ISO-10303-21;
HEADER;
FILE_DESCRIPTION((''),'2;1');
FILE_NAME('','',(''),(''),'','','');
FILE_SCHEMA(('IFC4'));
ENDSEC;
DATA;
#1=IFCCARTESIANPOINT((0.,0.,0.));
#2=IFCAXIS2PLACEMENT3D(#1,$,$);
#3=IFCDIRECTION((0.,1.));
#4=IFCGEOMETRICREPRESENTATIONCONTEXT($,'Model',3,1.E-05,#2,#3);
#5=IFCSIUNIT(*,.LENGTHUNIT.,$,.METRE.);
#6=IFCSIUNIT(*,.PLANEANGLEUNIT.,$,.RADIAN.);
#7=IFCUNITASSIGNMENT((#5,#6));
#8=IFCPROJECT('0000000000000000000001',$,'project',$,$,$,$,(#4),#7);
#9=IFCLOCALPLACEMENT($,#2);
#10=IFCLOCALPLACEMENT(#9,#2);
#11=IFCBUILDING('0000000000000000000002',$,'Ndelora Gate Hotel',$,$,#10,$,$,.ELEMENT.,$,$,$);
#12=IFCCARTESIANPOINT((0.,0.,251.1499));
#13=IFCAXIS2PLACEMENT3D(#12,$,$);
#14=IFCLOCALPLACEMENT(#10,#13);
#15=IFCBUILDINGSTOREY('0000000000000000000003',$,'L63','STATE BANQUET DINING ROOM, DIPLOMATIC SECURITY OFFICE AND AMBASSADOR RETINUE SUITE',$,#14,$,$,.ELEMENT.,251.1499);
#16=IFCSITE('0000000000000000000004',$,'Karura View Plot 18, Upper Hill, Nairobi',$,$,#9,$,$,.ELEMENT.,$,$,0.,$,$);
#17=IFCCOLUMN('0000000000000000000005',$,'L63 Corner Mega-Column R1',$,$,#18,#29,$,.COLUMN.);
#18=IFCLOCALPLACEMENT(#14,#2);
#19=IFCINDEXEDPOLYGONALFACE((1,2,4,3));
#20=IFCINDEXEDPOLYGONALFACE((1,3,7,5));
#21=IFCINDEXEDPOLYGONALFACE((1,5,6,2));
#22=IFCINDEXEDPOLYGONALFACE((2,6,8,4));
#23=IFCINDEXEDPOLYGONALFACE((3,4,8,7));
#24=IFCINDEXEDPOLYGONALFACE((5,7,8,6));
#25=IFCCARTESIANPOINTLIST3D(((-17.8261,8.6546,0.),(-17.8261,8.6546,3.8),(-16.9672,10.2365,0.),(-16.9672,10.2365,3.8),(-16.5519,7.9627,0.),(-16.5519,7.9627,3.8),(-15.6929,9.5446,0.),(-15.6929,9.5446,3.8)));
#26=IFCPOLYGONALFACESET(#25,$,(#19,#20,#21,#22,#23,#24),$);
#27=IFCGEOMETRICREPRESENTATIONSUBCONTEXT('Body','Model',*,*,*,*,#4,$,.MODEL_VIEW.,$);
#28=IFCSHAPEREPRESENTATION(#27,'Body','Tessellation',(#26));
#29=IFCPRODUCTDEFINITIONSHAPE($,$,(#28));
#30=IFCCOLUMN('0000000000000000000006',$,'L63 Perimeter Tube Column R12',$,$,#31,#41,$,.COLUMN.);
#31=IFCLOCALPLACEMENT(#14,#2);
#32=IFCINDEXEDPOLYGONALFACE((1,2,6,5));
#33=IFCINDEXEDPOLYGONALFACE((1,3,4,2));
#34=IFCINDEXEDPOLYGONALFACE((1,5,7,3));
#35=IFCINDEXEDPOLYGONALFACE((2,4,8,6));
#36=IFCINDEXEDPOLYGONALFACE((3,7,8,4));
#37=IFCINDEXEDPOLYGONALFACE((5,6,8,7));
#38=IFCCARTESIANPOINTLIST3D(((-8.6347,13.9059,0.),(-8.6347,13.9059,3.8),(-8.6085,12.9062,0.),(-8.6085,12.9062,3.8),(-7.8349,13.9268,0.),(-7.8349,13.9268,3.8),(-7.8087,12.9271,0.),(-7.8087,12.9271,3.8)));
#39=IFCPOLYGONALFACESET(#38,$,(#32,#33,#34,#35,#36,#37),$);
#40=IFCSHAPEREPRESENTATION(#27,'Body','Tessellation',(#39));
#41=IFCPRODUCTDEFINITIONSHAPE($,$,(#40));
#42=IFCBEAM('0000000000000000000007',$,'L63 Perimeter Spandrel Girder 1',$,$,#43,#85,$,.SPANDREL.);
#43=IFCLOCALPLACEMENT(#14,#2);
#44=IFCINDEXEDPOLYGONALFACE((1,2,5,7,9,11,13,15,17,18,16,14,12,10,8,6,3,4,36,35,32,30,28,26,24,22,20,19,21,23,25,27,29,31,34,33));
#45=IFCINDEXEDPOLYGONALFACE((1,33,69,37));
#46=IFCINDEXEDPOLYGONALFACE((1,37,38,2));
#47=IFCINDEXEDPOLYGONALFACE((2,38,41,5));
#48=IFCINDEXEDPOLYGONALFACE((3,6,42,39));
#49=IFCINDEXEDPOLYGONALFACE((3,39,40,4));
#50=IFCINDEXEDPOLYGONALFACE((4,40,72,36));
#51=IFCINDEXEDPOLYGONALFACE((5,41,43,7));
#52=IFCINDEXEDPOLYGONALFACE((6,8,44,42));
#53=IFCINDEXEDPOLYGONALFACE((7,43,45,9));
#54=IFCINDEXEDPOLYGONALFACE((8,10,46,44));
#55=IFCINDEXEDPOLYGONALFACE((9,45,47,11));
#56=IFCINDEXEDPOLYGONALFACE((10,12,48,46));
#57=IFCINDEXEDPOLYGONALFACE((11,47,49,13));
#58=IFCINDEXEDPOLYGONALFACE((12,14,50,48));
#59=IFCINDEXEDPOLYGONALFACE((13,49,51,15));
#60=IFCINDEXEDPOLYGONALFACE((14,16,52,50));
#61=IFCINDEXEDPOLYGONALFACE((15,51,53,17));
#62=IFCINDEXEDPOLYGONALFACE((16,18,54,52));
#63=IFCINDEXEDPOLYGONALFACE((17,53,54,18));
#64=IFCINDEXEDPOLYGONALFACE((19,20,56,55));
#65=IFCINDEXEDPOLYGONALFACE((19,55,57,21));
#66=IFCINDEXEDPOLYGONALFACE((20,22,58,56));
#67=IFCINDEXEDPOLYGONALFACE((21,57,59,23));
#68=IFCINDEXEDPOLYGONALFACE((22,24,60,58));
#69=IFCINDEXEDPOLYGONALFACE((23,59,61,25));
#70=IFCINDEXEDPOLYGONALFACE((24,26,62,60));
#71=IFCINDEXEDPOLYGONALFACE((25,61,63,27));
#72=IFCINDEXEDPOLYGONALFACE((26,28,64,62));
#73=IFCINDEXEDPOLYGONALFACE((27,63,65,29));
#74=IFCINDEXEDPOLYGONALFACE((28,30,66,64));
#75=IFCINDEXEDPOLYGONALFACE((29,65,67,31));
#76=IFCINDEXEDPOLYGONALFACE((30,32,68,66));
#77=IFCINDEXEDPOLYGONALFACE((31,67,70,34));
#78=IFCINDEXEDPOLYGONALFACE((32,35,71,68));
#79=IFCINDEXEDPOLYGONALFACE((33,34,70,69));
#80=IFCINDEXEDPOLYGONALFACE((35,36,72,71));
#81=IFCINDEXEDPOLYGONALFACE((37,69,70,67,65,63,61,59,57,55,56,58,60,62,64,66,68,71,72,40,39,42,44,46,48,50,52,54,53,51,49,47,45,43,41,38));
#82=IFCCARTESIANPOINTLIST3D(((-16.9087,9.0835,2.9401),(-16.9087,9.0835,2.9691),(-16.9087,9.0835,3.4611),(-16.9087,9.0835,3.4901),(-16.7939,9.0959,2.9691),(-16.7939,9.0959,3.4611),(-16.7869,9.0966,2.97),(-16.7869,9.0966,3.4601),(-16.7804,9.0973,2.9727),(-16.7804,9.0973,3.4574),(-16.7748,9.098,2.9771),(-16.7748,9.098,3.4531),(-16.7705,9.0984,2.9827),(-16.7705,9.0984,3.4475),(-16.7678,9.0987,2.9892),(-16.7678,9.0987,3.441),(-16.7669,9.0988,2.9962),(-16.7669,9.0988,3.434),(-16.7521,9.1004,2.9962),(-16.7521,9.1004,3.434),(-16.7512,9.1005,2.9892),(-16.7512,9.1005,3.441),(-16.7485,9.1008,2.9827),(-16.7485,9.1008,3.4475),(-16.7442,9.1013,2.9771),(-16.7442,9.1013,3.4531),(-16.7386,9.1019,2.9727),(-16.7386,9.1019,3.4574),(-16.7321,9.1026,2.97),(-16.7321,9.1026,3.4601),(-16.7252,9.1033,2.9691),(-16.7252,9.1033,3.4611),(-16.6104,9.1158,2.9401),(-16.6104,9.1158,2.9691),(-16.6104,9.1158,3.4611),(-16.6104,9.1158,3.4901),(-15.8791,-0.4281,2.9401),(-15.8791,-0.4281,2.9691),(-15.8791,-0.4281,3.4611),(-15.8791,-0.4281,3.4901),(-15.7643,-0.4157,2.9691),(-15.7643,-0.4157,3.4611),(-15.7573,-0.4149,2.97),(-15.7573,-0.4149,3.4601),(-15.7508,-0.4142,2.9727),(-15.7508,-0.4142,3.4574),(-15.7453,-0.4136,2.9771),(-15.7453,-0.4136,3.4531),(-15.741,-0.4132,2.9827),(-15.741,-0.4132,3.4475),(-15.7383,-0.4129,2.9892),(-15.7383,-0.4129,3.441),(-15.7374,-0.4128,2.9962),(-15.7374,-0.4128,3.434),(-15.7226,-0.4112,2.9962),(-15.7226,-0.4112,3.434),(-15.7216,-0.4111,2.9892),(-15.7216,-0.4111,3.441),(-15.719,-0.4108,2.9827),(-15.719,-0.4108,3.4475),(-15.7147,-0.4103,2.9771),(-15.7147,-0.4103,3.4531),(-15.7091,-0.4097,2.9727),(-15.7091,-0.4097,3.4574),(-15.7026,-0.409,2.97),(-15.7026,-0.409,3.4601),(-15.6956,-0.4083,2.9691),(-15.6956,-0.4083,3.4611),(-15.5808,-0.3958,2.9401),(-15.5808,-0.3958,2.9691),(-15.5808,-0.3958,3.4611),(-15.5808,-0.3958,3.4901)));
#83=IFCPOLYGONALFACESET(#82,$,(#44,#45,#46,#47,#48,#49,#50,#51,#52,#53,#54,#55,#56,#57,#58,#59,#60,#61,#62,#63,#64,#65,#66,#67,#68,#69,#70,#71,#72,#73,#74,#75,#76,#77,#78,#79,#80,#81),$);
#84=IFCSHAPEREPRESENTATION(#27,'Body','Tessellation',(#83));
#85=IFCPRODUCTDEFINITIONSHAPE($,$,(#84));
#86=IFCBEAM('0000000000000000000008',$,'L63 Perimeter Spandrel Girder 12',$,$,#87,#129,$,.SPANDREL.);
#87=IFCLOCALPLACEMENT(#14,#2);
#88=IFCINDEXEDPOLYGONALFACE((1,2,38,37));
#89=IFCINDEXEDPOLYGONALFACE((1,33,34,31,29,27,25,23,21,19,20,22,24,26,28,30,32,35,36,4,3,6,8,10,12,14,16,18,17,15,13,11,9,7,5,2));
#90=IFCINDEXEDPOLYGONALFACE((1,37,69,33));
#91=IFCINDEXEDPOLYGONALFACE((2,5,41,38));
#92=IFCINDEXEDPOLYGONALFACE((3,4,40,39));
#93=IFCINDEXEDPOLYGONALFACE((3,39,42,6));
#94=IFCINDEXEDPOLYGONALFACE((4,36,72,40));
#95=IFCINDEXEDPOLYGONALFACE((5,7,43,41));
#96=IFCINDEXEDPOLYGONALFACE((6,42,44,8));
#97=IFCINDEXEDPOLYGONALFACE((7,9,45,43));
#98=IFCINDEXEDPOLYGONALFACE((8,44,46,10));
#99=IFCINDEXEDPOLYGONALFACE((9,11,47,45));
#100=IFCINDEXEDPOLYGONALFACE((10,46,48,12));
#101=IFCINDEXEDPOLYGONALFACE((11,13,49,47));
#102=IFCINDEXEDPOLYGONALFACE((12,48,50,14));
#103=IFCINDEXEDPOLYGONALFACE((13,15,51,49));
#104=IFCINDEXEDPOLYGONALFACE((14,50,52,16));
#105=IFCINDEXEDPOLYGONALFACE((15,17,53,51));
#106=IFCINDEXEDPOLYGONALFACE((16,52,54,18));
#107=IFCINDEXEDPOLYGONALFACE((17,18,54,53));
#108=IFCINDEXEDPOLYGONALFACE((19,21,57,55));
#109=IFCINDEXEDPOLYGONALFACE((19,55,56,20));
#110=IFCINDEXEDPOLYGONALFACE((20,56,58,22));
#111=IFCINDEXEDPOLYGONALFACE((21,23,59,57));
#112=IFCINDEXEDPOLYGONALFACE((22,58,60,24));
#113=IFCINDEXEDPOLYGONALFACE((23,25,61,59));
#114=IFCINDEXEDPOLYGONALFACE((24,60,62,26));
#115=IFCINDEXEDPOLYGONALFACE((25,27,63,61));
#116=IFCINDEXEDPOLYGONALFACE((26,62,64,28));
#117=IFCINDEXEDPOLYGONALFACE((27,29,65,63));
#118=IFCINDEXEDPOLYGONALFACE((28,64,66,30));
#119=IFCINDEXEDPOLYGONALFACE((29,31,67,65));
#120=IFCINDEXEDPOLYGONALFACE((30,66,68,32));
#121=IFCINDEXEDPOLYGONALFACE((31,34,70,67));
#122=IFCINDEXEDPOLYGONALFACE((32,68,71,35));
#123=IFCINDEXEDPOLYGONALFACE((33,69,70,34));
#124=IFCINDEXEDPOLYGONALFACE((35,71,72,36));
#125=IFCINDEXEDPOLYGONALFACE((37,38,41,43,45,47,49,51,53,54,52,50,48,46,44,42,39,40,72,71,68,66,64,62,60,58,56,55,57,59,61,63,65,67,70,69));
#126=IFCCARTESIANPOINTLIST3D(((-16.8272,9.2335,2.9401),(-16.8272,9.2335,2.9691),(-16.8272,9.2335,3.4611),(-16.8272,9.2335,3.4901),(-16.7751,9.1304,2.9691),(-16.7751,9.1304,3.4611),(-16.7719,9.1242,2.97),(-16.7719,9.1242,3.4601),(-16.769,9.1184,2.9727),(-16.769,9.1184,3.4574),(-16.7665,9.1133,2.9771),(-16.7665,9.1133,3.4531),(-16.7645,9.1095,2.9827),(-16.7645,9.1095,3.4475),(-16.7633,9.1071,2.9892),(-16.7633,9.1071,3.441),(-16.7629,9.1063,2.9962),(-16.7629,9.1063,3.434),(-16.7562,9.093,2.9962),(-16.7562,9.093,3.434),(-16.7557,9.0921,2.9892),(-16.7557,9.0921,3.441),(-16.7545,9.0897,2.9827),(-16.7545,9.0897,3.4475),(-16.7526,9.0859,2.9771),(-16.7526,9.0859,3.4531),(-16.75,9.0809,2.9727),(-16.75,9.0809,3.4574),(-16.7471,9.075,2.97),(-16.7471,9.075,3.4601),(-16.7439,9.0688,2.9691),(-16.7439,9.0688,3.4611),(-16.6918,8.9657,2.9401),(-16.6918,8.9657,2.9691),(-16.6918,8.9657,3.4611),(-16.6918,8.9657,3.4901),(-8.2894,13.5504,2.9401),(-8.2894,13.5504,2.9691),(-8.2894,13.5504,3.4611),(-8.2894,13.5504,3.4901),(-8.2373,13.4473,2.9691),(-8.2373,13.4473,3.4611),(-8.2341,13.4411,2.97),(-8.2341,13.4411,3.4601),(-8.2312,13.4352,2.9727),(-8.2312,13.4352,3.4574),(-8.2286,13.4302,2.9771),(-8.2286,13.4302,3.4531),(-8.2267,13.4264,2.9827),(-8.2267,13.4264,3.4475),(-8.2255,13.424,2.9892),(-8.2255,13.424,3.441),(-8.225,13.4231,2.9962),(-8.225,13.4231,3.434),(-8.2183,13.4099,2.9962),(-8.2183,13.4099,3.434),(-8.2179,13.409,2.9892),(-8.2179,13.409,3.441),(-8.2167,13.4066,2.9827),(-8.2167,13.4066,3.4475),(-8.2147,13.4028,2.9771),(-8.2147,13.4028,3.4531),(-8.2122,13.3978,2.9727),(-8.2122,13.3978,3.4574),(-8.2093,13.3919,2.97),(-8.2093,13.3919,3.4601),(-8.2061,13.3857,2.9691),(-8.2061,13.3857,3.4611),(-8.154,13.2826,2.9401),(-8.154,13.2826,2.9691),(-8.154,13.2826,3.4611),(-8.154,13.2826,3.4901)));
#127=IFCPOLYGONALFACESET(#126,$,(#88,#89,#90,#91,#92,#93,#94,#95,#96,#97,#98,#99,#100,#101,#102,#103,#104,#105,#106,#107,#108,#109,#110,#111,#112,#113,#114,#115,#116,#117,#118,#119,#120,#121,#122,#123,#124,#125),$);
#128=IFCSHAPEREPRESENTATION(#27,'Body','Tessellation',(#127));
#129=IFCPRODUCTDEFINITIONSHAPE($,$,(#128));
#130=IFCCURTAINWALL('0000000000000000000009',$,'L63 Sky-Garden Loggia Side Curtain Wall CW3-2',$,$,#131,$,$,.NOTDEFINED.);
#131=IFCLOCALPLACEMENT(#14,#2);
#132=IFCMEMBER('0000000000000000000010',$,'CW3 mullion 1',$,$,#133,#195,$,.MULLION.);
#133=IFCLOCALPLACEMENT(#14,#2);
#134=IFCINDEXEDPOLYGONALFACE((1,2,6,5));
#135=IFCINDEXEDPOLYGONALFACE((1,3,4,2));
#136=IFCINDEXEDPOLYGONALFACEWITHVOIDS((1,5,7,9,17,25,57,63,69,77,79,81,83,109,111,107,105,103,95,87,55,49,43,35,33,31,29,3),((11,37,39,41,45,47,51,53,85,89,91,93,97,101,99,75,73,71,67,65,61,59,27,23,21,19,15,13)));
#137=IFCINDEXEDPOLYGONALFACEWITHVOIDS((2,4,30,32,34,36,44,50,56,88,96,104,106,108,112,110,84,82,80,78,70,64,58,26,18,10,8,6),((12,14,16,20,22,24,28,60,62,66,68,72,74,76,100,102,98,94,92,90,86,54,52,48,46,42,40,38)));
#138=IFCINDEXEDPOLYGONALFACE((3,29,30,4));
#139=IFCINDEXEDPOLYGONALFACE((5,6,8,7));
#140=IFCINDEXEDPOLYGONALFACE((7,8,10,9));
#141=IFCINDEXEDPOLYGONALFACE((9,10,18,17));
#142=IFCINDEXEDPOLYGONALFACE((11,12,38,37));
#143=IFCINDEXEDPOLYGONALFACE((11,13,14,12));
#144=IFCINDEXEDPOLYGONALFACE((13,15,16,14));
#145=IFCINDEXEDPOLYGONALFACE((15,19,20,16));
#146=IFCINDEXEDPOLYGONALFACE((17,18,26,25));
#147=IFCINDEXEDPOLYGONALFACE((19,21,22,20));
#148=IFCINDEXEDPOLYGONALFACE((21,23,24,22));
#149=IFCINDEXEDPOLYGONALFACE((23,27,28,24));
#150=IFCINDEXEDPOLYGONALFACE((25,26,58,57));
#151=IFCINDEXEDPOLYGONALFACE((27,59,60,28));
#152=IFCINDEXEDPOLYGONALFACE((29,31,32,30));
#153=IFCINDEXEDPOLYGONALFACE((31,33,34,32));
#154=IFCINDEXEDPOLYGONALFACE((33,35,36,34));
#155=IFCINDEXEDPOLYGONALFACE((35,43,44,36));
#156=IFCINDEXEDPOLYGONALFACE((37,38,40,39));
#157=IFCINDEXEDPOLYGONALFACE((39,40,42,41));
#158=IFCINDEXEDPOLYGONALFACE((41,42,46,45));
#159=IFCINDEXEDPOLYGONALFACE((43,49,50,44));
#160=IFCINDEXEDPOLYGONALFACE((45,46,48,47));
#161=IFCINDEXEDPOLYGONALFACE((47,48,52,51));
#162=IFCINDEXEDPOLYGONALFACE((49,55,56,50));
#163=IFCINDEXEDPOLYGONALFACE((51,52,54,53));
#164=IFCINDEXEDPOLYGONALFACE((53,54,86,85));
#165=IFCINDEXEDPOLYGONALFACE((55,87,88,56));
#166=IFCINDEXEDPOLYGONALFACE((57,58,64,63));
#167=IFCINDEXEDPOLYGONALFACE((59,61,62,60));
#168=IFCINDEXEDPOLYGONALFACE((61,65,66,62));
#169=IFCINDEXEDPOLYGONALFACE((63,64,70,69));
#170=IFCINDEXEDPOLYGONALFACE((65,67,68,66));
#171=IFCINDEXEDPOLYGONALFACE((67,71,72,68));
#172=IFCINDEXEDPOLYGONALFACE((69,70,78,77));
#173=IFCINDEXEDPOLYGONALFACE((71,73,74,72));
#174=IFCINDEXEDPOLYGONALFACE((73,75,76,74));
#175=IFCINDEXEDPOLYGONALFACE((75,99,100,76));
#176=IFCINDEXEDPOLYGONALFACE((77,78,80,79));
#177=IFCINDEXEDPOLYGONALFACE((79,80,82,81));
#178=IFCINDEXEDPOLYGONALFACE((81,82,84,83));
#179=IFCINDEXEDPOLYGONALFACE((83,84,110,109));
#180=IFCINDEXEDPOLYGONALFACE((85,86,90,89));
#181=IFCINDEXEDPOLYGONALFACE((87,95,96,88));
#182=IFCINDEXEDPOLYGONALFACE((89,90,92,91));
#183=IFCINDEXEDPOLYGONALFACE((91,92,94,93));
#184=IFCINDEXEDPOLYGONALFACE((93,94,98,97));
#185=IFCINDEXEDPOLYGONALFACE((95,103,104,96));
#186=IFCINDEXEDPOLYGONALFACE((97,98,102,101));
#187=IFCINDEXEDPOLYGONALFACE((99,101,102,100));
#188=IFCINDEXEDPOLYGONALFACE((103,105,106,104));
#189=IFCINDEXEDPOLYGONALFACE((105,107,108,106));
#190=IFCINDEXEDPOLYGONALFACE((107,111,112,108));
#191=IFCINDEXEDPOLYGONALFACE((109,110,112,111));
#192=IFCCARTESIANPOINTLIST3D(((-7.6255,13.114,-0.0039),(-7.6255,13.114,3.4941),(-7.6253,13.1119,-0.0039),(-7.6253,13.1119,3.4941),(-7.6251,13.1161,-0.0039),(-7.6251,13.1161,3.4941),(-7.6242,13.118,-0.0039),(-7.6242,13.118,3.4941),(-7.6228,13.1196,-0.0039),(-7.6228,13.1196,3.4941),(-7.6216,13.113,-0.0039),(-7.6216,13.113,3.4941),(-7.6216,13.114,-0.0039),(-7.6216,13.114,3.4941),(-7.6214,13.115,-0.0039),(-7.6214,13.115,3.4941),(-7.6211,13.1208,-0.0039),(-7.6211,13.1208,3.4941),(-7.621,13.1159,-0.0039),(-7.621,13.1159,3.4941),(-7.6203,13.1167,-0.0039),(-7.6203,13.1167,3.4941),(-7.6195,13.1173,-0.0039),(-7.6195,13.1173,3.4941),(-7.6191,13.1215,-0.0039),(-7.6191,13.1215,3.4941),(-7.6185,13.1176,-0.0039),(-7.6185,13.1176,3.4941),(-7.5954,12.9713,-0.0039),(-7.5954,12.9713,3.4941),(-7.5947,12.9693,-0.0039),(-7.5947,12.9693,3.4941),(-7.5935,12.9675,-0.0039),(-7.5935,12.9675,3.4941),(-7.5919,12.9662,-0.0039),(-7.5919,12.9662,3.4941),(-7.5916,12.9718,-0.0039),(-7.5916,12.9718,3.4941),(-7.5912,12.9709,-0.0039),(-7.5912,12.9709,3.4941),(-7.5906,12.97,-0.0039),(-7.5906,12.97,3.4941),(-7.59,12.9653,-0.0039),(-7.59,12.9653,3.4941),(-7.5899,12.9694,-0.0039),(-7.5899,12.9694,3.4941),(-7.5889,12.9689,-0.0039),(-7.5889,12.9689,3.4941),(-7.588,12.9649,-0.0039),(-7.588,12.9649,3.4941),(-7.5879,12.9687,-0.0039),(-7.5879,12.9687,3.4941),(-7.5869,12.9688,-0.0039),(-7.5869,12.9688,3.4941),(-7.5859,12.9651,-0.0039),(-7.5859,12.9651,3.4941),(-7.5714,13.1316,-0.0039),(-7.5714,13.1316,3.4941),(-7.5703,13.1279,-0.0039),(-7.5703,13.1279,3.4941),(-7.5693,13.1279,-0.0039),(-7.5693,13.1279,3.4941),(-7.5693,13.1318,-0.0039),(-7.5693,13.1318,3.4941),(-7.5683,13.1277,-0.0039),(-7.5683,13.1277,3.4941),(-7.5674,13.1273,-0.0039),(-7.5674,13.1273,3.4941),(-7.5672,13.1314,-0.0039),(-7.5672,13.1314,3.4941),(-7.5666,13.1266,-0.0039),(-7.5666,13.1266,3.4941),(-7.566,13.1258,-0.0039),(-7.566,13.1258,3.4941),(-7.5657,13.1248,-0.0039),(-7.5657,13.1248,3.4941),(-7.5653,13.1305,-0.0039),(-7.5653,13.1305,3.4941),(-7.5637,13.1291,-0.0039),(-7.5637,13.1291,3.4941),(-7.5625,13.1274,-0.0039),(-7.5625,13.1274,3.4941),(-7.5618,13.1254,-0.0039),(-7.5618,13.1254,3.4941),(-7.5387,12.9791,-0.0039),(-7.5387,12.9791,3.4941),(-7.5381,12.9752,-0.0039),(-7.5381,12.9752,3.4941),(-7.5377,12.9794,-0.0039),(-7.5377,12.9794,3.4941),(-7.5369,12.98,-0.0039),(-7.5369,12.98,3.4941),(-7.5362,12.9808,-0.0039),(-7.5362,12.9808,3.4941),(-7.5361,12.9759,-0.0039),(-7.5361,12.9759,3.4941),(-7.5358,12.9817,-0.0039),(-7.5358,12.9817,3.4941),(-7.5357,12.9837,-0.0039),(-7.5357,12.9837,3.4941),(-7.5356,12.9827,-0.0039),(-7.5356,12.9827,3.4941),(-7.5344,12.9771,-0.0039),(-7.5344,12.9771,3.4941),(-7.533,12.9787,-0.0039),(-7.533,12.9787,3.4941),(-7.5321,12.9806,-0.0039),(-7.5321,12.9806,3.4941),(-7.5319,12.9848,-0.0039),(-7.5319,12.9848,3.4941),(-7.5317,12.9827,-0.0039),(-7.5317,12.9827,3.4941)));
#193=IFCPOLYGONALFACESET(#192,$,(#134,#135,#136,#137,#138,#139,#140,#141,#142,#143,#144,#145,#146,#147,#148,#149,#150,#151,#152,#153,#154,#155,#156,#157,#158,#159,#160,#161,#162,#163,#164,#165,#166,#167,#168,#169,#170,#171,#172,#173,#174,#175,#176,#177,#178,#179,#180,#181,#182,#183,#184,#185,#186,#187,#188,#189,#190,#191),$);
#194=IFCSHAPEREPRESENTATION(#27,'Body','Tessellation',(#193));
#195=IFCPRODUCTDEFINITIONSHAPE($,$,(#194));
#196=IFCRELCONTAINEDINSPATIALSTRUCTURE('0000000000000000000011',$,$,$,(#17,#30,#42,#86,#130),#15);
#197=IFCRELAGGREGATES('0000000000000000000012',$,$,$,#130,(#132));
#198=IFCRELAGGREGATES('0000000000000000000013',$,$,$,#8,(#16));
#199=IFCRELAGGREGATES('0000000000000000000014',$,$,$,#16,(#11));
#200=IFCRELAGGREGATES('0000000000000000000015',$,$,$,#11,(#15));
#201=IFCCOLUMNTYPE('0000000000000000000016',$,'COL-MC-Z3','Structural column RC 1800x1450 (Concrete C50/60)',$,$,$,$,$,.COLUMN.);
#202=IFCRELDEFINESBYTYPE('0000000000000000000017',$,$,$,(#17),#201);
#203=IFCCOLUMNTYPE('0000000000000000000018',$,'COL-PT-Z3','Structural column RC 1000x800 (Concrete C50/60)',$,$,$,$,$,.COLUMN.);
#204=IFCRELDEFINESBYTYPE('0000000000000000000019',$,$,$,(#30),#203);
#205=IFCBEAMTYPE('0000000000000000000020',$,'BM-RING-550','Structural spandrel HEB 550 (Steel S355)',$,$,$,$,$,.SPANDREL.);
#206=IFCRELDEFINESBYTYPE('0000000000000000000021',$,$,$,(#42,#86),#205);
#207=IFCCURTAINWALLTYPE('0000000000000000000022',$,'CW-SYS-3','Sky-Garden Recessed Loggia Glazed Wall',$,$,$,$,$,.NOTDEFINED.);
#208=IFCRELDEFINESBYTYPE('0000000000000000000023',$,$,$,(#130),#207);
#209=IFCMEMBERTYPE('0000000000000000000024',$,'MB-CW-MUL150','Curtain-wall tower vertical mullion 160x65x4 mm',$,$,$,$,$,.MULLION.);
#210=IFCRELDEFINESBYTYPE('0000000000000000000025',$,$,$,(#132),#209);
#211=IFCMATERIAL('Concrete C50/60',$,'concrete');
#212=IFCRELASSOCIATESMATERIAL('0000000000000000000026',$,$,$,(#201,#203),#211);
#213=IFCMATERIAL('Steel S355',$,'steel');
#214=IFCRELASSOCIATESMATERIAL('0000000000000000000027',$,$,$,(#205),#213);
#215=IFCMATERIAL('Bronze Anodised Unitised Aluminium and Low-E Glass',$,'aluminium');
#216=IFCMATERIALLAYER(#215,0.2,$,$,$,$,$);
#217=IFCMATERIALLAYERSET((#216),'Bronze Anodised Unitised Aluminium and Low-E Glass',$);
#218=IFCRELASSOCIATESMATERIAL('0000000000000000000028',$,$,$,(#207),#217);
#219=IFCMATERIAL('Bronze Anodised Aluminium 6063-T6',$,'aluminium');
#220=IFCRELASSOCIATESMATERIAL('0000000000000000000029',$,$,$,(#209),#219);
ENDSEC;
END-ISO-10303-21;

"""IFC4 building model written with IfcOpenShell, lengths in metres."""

from ifc_helpers import new_model, si_unit, direction, frame, origin, origin_2d, place, context, subcontext, project, spatial, rectangle, hollow_rectangle, i_section, extrude, material, layer, layer_set, material_profile, profile_set, type_object, element, aggregate, save


model = new_model("IFC4")

# Units and contexts
model_context = context("Model", 3, precision=1e-05, world=origin(), true_north=direction((0.0, 1.0)))
body_context = subcontext(model_context, "Body", "Model", "MODEL_VIEW")
ifc_project = project(units=[si_unit("LENGTHUNIT", "METRE"), si_unit("PLANEANGLEUNIT", "RADIAN")], contexts=[model_context])

# Site, building, storey
site_placement = place(None, origin())
site = spatial("IfcSite", under=ifc_project, at=site_placement, Name="Karura View Plot 18, Upper Hill, Nairobi", CompositionType="ELEMENT", RefElevation=0.0)
building_placement = place(site_placement, origin())
building = spatial("IfcBuilding", under=site, at=building_placement, Name="Ndelora Gate Hotel", CompositionType="ELEMENT")
storey_placement = place(building_placement, frame((0.0, 0.0, 251.1499)))
storey = spatial("IfcBuildingStorey", under=building, at=storey_placement, Name="L63", Description="STATE BANQUET DINING ROOM, DIPLOMATIC SECURITY OFFICE AND AMBASSADOR RETINUE SUITE", CompositionType="ELEMENT", Elevation=251.1499)

# Columns
ifc_material_1 = material(Name="Concrete C50/60", Category="concrete")
ifc_material_profile_1 = material_profile(ifc_material_1, rectangle(XDim=1.45, YDim=1.8, at=origin_2d()), Name="RC 1800x1450")
ifc_profile_set_1 = profile_set([ifc_material_profile_1], Name="Concrete C50/60")
column_type_1 = type_object("IfcColumnType", Name="COL-MC-Z3", Description="Structural column RC 1800x1450 (Concrete C50/60)", PredefinedType="COLUMN", material=ifc_profile_set_1)
column_1_placement = place(storey_placement, frame((-16.7595, 9.0996, 0.0), z_axis=(0.0, 0.0, 1.0), x_axis=(-0.878817, 0.477159, 0.0)))
element("IfcColumn", 1, at=column_1_placement, inside=storey, type_object=column_type_1, Name="L63 Corner Mega-Column R1", PredefinedType="COLUMN", context=body_context, shape_type="SweptSolid", body=[
    extrude(rectangle(XDim=1.45, YDim=1.8, at=origin_2d()), origin(), (0.0, 0.0, 1.0), 3.8),
])
ifc_material_profile_2 = material_profile(ifc_material_1, rectangle(XDim=0.8, YDim=1.0, at=origin_2d()), Name="RC 1000x800")
ifc_profile_set_2 = profile_set([ifc_material_profile_2], Name="Concrete C50/60")
column_type_2 = type_object("IfcColumnType", Name="COL-PT-Z3", Description="Structural column RC 1000x800 (Concrete C50/60)", PredefinedType="COLUMN", material=ifc_profile_set_2)
column_2_placement = place(storey_placement, frame((-8.2217, 13.4165, 0.0), z_axis=(0.0, 0.0, 1.0), x_axis=(0.999657, 0.026177, 0.0)))
element("IfcColumn", 2, at=column_2_placement, inside=storey, type_object=column_type_2, Name="L63 Perimeter Tube Column R12", PredefinedType="COLUMN", context=body_context, shape_type="SweptSolid", body=[
    extrude(rectangle(XDim=0.8, YDim=1.0, at=origin_2d()), origin(), (0.0, 0.0, 1.0), 3.8),
])

# Beams
ifc_material_2 = material(Name="Steel S355", Category="steel")
ifc_material_profile_3 = material_profile(ifc_material_2, i_section(OverallWidth=0.3, OverallDepth=0.55, WebThickness=0.0149, FlangeThickness=0.0291, FilletRadius=0.0271, at=origin_2d()), Name="HEB 550")
ifc_profile_set_3 = profile_set([ifc_material_profile_3], Name="Steel S355")
beam_type = type_object("IfcBeamType", Name="BM-RING-550", Description="Structural spandrel HEB 550 (Steel S355)", PredefinedType="SPANDREL", material=ifc_profile_set_3)
for number, where, z_axis, x_axis, name in (
    (3, (-16.7595, 9.0996, 3.2151), (0.107613, -0.994193, 0.0), (0.994193, 0.107613, 0.0), "L63 Perimeter Spandrel Girder 1"),
    (4, (-8.2217, 13.4165, 3.2151), (-0.892412, -0.451221, 0.0), (0.451221, -0.892412, 0.0), "L63 Perimeter Spandrel Girder 12"),
):
    element("IfcBeam", number, at=place(storey_placement, frame(where, z_axis=z_axis, x_axis=x_axis)), inside=storey, type_object=beam_type, Name=name, PredefinedType="SPANDREL", context=body_context, shape_type="SweptSolid", body=[
        extrude(i_section(OverallWidth=0.3, OverallDepth=0.55, WebThickness=0.0149, FlangeThickness=0.0291, FilletRadius=0.0271, at=origin_2d()), origin(), (0.0, 0.0, 1.0), 9.5671),
    ])

# Curtain wall, member
ifc_material_3 = material(Name="Bronze Anodised Unitised Aluminium and Low-E Glass", Category="aluminium")
ifc_layer_1 = layer(ifc_material_3, 0.2)
ifc_layer_set_1 = layer_set([ifc_layer_1], Name="Bronze Anodised Unitised Aluminium and Low-E Glass")
curtain_wall_type = type_object("IfcCurtainWallType", Name="CW-SYS-3", Description="Sky-Garden Recessed Loggia Glazed Wall", PredefinedType="NOTDEFINED", material=ifc_layer_set_1)
curtain_wall_placement = place(storey_placement, origin())
curtain_wall = element("IfcCurtainWall", 5, at=curtain_wall_placement, inside=storey, type_object=curtain_wall_type, Name="L63 Sky-Garden Loggia Side Curtain Wall CW3-2", PredefinedType="NOTDEFINED")
ifc_material_4 = material(Name="Bronze Anodised Aluminium 6063-T6", Category="aluminium")
ifc_material_profile_4 = material_profile(ifc_material_4, hollow_rectangle(XDim=0.0649, YDim=0.1599, WallThickness=0.0039, InnerFilletRadius=0.0039, OuterFilletRadius=0.0081, at=origin_2d()), Name="ALU 160x65x4")
ifc_profile_set_4 = profile_set([ifc_material_profile_4], Name="Bronze Anodised Aluminium 6063-T6")
member_type_1 = type_object("IfcMemberType", Name="MB-CW-MUL150", Description="Curtain-wall tower vertical mullion 160x65x4 mm", PredefinedType="MULLION", material=ifc_profile_set_4)
member_1_placement = place(storey_placement, frame((-7.5786, 13.0483, -0.0039), z_axis=(0.0, 0.0, 1.0), x_axis=(0.97814, 0.207948, 0.0)))
member_1 = element("IfcMember", 6, at=member_1_placement, type_object=member_type_1, Name="CW3 mullion 1", PredefinedType="MULLION", context=body_context, shape_type="SweptSolid", body=[
    extrude(hollow_rectangle(XDim=0.0649, YDim=0.1599, WallThickness=0.0039, InnerFilletRadius=0.0039, OuterFilletRadius=0.0081, at=origin_2d()), origin(), (0.0, 0.0, 1.0), 3.498),
])
aggregate(curtain_wall, [member_1])

save(model, "model.ifc")
